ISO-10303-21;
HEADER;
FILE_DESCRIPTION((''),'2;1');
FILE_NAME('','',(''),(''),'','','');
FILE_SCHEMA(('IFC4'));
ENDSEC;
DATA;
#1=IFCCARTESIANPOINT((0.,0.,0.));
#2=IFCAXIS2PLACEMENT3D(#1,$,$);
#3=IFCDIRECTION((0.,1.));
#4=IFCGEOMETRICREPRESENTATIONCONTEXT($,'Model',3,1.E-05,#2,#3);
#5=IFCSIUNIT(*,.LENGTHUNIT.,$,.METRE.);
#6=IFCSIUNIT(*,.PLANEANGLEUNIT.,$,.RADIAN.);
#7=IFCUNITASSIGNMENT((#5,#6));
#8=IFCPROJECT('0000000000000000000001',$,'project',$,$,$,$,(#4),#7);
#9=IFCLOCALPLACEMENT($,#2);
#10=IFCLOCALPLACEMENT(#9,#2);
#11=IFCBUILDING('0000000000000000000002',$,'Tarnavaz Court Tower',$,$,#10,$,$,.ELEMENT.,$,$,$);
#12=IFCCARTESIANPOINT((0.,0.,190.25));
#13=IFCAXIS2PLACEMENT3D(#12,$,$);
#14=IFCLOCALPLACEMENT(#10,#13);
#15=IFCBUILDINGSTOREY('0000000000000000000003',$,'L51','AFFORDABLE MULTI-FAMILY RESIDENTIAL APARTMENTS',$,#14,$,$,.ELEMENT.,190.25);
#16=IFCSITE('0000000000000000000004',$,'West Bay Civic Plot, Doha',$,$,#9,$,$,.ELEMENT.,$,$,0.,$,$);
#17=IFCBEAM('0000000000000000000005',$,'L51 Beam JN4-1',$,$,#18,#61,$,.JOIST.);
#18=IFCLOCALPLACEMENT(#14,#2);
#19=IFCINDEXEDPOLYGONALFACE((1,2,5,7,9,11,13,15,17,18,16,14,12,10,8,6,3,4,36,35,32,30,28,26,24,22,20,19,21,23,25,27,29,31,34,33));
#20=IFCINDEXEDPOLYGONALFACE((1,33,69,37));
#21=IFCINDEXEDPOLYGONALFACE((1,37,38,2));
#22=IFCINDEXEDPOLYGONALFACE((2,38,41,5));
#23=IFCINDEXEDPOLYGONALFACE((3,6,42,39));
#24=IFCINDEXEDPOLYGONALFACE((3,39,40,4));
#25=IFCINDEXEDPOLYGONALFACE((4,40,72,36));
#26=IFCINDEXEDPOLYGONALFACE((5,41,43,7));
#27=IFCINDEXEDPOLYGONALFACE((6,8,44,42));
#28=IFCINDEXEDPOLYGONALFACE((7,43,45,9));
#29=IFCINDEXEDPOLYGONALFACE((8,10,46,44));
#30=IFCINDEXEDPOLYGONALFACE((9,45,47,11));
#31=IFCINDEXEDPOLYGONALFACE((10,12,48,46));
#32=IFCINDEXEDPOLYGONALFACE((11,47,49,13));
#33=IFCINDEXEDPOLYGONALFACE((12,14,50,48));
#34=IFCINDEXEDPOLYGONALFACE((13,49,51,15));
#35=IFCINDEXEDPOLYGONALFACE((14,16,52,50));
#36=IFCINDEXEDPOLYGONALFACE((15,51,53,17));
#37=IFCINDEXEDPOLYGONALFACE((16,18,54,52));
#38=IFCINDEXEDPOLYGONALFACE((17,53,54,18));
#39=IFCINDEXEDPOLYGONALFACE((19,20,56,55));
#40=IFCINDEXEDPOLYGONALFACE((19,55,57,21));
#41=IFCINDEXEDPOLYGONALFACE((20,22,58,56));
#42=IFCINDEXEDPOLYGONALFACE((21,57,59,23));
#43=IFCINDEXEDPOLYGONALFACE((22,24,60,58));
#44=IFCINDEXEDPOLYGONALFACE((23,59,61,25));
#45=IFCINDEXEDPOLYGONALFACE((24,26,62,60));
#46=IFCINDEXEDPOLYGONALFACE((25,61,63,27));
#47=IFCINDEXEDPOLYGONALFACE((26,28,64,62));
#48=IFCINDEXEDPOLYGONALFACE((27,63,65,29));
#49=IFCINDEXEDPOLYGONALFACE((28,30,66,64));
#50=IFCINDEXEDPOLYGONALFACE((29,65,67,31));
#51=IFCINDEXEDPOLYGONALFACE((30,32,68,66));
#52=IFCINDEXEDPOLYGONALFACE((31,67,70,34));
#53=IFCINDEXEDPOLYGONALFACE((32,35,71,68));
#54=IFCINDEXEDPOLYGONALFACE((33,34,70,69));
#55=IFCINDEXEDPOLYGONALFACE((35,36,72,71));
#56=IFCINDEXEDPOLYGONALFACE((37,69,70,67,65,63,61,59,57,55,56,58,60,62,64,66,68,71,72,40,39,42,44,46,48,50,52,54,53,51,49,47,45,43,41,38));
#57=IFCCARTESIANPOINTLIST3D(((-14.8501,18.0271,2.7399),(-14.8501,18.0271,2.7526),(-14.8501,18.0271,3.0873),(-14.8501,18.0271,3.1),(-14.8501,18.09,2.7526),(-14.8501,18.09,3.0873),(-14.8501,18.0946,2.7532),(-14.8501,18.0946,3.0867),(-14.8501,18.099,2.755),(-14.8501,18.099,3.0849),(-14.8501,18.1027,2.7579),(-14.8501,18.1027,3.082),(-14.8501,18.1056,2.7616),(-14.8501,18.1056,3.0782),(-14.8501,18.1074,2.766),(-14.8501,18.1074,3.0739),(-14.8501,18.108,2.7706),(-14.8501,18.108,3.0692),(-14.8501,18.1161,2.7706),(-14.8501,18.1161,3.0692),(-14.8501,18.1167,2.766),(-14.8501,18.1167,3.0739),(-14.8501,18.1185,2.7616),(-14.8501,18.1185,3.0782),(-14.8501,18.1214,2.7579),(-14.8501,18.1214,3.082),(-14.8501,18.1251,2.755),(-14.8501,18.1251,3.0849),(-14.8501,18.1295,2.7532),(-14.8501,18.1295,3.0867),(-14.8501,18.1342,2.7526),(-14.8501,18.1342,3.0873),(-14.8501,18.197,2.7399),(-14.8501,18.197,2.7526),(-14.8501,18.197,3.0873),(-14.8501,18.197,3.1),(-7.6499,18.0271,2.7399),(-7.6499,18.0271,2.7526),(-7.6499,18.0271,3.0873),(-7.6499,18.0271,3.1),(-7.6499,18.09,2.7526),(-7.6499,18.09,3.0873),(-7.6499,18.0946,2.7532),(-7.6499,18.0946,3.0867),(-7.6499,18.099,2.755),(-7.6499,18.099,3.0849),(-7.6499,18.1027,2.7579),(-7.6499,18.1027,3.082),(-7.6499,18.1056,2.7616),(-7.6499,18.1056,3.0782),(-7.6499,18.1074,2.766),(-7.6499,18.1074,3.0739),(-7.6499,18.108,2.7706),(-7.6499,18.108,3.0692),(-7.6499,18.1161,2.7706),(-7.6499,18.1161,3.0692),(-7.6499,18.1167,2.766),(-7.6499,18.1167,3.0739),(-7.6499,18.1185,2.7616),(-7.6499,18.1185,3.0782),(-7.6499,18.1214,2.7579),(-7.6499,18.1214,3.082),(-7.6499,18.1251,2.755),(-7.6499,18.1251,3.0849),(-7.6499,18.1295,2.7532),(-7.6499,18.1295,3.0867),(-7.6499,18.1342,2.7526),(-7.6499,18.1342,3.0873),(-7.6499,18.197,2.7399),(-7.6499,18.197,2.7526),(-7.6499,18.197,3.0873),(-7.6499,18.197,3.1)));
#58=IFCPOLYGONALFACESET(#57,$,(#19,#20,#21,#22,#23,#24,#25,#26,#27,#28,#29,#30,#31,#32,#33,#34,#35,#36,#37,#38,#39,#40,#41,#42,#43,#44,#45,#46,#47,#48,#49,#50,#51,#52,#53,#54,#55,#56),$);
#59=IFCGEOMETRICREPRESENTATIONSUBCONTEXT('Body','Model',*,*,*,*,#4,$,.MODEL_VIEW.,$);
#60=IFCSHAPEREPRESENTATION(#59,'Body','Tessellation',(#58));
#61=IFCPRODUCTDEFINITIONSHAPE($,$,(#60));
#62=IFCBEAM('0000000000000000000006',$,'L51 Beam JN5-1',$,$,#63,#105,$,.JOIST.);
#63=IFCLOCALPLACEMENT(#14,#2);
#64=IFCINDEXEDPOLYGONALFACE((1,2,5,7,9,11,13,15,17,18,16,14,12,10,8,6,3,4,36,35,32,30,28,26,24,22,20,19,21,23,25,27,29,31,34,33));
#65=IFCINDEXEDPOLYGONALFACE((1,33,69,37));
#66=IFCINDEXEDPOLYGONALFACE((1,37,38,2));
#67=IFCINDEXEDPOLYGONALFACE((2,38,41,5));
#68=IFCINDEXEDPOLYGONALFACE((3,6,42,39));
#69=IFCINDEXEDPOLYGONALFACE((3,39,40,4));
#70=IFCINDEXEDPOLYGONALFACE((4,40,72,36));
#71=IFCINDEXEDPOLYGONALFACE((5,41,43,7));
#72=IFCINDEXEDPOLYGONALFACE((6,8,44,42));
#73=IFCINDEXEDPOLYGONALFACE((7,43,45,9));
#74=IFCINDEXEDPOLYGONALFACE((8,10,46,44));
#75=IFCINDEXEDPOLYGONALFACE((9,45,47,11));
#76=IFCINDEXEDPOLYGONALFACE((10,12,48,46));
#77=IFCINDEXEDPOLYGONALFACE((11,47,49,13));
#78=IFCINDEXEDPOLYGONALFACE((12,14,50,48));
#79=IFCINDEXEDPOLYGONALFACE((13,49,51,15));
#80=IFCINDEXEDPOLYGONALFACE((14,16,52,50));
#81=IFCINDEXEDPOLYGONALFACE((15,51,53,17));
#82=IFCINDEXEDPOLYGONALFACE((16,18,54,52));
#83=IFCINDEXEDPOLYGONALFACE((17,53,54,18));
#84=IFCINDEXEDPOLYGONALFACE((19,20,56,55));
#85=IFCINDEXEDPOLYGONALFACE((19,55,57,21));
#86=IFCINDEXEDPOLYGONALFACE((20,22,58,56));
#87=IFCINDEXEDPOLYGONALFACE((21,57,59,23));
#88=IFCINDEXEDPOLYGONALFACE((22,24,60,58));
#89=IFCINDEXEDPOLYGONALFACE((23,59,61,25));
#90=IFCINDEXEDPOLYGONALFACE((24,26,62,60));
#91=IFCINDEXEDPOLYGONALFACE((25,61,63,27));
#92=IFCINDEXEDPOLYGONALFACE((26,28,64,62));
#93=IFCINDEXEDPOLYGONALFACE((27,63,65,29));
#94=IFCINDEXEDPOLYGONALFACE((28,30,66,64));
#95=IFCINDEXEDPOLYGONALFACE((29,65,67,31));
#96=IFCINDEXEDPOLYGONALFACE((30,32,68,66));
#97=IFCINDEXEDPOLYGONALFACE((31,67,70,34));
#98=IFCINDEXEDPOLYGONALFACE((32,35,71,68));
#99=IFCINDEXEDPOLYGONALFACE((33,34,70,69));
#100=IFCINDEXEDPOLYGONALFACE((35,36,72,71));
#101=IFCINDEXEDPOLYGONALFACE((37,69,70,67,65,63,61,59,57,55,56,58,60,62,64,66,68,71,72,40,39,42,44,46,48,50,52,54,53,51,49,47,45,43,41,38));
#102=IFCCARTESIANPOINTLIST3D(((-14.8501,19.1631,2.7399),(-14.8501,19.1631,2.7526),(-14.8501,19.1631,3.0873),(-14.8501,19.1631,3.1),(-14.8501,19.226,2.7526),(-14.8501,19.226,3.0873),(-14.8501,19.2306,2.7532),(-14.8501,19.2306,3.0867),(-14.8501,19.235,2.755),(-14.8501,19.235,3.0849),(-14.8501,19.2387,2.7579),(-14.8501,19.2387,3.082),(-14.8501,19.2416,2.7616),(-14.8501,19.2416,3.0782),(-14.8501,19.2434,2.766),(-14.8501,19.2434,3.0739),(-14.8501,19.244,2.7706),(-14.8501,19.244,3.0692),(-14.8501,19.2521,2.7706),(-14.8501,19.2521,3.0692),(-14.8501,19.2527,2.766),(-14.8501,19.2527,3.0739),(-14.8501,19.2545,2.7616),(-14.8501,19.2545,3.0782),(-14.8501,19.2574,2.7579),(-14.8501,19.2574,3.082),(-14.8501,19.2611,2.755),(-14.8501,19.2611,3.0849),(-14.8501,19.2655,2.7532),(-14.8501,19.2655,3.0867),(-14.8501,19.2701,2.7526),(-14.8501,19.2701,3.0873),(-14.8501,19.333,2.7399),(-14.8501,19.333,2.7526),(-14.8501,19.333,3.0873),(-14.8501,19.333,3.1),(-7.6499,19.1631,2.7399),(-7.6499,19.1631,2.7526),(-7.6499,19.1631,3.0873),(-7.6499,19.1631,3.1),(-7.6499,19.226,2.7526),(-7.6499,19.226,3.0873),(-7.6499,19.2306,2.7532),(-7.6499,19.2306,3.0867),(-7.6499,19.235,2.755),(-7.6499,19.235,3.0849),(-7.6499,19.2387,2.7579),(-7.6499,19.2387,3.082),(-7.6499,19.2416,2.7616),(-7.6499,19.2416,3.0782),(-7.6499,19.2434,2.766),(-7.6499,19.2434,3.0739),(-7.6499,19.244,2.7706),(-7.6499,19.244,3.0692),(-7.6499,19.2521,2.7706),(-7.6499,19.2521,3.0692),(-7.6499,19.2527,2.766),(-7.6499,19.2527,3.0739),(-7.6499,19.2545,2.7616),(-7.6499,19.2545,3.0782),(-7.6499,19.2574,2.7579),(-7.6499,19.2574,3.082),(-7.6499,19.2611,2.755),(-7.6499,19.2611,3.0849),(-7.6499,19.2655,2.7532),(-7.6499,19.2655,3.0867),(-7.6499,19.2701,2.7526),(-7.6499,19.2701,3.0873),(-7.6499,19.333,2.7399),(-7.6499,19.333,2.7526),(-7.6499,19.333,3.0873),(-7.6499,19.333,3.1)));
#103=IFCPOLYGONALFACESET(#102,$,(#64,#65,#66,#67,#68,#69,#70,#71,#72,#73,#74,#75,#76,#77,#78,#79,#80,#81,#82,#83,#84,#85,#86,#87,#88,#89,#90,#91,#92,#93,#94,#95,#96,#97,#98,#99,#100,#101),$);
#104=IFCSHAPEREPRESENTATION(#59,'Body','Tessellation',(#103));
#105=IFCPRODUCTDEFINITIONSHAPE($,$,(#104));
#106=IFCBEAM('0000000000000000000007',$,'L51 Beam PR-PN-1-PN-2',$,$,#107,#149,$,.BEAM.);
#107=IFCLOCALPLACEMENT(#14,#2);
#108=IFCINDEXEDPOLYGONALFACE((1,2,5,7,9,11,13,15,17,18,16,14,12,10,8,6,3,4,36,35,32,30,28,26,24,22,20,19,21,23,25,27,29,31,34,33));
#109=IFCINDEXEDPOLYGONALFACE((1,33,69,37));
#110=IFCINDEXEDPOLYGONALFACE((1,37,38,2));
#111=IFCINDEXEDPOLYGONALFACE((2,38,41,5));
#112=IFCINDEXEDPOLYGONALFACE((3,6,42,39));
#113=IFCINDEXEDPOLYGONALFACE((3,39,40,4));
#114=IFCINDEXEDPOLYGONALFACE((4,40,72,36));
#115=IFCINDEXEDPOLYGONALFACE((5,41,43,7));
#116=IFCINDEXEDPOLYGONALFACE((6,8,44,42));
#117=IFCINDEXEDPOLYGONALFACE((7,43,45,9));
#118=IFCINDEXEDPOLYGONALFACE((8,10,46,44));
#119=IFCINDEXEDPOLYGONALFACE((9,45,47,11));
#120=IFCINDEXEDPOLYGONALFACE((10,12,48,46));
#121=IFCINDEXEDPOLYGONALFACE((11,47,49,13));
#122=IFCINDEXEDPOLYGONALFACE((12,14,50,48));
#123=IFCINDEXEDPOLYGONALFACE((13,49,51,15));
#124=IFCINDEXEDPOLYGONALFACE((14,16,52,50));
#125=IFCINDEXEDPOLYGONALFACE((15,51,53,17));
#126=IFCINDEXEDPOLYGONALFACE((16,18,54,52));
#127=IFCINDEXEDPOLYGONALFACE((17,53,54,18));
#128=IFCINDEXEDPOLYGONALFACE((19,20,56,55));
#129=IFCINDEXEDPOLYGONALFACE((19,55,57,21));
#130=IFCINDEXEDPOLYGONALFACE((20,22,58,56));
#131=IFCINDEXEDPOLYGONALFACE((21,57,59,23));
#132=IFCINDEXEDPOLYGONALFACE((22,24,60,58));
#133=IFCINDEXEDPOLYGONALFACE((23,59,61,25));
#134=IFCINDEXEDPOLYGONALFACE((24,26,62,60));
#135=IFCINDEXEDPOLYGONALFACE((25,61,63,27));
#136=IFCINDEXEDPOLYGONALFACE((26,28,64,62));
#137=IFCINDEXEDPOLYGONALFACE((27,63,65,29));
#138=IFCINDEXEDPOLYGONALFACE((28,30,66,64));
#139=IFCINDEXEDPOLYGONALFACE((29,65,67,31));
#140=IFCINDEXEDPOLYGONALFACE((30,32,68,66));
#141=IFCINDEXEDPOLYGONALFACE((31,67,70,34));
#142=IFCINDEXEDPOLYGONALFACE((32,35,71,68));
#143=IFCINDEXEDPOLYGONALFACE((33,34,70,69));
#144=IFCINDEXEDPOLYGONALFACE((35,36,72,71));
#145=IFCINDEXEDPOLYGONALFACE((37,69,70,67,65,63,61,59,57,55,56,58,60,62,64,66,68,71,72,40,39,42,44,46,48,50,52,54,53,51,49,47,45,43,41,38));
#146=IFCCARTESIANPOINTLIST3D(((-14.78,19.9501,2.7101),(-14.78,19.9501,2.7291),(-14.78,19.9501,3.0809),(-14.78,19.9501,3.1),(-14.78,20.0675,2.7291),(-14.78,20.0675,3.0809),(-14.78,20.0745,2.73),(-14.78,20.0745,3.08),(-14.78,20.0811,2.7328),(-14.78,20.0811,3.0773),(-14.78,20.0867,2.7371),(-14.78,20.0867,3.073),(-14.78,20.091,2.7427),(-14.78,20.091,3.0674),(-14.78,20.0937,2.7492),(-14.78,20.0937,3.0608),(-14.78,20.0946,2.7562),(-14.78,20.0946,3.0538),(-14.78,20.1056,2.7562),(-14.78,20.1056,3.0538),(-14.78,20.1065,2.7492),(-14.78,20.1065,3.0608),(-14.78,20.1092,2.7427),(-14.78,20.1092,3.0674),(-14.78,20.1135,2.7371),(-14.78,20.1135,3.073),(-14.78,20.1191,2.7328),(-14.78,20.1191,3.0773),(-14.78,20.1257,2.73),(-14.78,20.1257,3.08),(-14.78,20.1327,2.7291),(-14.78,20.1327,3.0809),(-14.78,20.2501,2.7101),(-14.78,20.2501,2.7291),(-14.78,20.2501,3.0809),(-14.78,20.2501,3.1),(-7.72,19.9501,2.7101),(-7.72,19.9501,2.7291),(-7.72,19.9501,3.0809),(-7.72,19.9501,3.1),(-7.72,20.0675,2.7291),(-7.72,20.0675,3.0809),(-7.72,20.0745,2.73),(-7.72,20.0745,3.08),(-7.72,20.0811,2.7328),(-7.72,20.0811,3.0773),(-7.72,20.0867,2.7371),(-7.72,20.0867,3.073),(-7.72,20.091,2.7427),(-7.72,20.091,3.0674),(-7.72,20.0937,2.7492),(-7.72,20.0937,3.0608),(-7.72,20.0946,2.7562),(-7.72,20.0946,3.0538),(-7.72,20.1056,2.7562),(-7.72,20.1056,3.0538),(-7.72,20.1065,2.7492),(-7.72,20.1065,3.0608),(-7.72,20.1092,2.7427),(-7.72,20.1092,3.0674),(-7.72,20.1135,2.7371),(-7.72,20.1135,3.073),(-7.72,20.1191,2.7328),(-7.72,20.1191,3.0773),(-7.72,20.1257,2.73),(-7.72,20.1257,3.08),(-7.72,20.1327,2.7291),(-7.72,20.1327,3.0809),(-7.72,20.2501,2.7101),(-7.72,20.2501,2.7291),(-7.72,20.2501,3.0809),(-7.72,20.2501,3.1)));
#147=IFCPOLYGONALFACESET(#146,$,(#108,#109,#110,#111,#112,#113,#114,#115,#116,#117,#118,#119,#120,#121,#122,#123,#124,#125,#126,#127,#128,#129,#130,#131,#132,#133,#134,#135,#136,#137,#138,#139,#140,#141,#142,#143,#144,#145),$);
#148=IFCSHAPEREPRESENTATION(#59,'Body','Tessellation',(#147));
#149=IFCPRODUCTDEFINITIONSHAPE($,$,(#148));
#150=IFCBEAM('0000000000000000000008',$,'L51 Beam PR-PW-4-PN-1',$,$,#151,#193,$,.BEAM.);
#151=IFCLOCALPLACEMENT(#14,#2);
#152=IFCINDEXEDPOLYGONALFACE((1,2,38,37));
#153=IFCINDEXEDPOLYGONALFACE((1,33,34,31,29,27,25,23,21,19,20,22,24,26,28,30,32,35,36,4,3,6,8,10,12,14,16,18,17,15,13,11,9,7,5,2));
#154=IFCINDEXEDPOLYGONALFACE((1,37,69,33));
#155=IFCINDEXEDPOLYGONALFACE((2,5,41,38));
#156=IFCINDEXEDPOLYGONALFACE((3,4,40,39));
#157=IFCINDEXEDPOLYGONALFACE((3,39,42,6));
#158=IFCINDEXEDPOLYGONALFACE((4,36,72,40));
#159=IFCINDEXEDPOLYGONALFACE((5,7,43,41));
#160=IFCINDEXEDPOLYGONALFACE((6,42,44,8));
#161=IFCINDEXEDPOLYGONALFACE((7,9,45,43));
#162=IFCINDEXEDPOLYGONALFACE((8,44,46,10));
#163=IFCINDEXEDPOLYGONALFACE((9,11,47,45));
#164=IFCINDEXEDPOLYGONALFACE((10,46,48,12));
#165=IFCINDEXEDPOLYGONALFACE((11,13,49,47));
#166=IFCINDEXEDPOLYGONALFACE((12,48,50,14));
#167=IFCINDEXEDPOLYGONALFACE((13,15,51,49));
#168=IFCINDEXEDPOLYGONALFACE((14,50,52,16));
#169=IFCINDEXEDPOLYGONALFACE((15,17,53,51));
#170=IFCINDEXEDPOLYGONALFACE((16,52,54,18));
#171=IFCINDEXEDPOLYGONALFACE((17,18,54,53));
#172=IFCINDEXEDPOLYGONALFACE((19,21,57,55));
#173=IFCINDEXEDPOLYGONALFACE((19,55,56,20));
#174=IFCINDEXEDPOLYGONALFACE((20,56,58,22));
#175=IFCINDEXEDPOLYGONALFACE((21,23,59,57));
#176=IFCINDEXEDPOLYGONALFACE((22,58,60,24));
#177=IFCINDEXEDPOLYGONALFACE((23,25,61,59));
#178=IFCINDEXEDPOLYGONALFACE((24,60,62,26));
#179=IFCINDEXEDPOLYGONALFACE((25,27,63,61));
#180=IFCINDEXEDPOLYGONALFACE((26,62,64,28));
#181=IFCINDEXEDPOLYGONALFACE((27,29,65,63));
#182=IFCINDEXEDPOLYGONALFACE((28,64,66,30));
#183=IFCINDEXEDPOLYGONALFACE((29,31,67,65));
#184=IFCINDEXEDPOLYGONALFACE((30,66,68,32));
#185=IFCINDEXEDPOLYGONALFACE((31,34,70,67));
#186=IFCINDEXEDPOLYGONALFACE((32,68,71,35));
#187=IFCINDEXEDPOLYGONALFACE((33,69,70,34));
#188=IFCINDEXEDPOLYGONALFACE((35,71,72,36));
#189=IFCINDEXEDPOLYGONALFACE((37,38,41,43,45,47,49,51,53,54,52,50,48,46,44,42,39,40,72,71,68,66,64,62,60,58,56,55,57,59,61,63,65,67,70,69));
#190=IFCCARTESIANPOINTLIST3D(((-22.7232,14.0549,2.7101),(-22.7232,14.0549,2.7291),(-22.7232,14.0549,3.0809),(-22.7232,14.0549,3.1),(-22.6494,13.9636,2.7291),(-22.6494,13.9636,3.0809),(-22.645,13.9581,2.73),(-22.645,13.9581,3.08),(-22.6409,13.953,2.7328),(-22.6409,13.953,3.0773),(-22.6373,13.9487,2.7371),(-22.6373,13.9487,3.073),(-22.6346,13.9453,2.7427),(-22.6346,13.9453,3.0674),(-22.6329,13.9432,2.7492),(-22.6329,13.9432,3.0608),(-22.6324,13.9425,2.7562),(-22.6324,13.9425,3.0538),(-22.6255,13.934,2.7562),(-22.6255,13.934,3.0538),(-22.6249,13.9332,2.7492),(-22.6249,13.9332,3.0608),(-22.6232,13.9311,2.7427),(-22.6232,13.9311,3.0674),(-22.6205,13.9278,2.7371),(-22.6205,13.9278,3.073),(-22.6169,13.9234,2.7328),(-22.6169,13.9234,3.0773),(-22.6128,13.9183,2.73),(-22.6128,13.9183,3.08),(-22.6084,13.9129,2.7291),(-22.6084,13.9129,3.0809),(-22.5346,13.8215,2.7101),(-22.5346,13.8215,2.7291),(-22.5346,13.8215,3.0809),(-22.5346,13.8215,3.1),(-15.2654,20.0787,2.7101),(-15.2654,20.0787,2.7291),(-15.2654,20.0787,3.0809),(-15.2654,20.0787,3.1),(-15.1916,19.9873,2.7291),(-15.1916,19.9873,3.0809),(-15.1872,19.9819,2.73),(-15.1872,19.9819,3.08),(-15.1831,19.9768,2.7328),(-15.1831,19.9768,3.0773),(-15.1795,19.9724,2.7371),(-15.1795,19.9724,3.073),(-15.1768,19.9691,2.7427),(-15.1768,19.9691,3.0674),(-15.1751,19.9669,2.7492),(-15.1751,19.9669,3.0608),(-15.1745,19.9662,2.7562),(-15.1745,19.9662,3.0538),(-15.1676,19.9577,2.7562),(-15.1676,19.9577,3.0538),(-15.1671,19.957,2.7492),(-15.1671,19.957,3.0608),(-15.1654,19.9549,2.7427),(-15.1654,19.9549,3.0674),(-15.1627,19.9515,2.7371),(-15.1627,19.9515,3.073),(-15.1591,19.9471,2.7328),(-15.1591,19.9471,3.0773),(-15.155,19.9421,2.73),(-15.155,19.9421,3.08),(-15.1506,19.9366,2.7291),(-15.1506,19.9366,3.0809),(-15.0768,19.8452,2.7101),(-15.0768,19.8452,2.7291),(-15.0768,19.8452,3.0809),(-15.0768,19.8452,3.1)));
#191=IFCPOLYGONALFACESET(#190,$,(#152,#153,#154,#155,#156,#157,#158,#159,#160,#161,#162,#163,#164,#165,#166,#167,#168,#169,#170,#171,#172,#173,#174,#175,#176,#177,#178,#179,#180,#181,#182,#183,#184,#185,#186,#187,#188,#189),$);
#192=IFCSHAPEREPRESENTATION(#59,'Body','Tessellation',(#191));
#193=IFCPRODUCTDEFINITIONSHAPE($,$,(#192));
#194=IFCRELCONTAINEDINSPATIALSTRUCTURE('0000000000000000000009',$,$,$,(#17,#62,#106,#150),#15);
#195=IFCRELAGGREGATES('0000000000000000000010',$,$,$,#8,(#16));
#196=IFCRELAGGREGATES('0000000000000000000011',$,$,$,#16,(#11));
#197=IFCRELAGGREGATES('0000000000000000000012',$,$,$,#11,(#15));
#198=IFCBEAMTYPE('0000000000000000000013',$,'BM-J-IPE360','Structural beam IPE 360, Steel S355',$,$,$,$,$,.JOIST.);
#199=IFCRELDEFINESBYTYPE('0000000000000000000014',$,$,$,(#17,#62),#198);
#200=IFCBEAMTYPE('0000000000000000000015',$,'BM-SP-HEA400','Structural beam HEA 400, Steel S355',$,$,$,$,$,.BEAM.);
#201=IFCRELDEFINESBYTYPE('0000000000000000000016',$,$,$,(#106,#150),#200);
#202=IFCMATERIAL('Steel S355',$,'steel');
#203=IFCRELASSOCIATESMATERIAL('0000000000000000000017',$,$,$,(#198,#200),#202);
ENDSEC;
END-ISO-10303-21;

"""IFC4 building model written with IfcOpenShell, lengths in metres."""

from ifc_helpers import new_model, si_unit, direction, frame, origin, origin_2d, place, context, subcontext, project, spatial, i_section, extrude, material, material_profile, profile_set, type_object, element, save


model = new_model("IFC4")

# Units and contexts
model_context = context("Model", 3, precision=1e-05, world=origin(), true_north=direction((0.0, 1.0)))
body_context = subcontext(model_context, "Body", "Model", "MODEL_VIEW")
ifc_project = project(units=[si_unit("LENGTHUNIT", "METRE"), si_unit("PLANEANGLEUNIT", "RADIAN")], contexts=[model_context])

# Site, building, storey
site_placement = place(None, origin())
site = spatial("IfcSite", under=ifc_project, at=site_placement, Name="West Bay Civic Plot, Doha", CompositionType="ELEMENT", RefElevation=0.0)
building_placement = place(site_placement, origin())
building = spatial("IfcBuilding", under=site, at=building_placement, Name="Tarnavaz Court Tower", CompositionType="ELEMENT")
storey_placement = place(building_placement, frame((0.0, 0.0, 190.25)))
storey = spatial("IfcBuildingStorey", under=building, at=storey_placement, Name="L51", Description="AFFORDABLE MULTI-FAMILY RESIDENTIAL APARTMENTS", CompositionType="ELEMENT", Elevation=190.25)

# Beams
ifc_material_1 = material(Name="Steel S355", Category="steel")
ifc_material_profile_1 = material_profile(ifc_material_1, i_section(OverallWidth=0.1699, OverallDepth=0.3601, WebThickness=0.0081, FlangeThickness=0.0127, FilletRadius=0.0181, at=origin_2d()), Name="IPE 360")
ifc_profile_set_1 = profile_set([ifc_material_profile_1], Name="Steel S355")
beam_type_1 = type_object("IfcBeamType", Name="BM-J-IPE360", Description="Structural beam IPE 360, Steel S355", PredefinedType="JOIST", material=ifc_profile_set_1)
for number, where, z_axis, x_axis, name in (
    (1, (-14.8501, 18.1121, 2.9199), (1.0, 0.0, 0.0), (0.0, 1.0, 0.0), "L51 Beam JN4-1"),
    (2, (-14.8501, 19.248, 2.9199), (1.0, 0.0, 0.0), (0.0, 1.0, 0.0), "L51 Beam JN5-1"),
):
    element("IfcBeam", number, at=place(storey_placement, frame(where, z_axis=z_axis, x_axis=x_axis)), inside=storey, type_object=beam_type_1, Name=name, PredefinedType="JOIST", context=body_context, shape_type="SweptSolid", body=[
        extrude(i_section(OverallWidth=0.1699, OverallDepth=0.3601, WebThickness=0.0081, FlangeThickness=0.0127, FilletRadius=0.0181, at=origin_2d()), origin(), (0.0, 0.0, 1.0), 7.2002),
    ])
ifc_material_profile_2 = material_profile(ifc_material_1, i_section(OverallWidth=0.3, OverallDepth=0.3899, WebThickness=0.011, FlangeThickness=0.019, FilletRadius=0.0271, at=origin_2d()), Name="HEA 400")
ifc_profile_set_2 = profile_set([ifc_material_profile_2], Name="Steel S355")
beam_type_2 = type_object("IfcBeamType", Name="BM-SP-HEA400", Description="Structural beam HEA 400, Steel S355", PredefinedType="BEAM", material=ifc_profile_set_2)
beam_1_placement = place(storey_placement, frame((-14.78, 20.1001, 2.905), z_axis=(1.0, 0.0, 0.0), x_axis=(0.0, 1.0, 0.0)))
element("IfcBeam", 3, at=beam_1_placement, inside=storey, type_object=beam_type_2, Name="L51 Beam PR-PN-1-PN-2", PredefinedType="BEAM", context=body_context, shape_type="SweptSolid", body=[
    extrude(i_section(OverallWidth=0.3, OverallDepth=0.3899, WebThickness=0.011, FlangeThickness=0.019, FilletRadius=0.0271, at=origin_2d()), origin(), (0.0, 0.0, 1.0), 7.0601),
])
beam_2_placement = place(storey_placement, frame((-22.6289, 13.9382, 2.905), z_axis=(0.777936, 0.628344, 0.0), x_axis=(-0.628344, 0.777936, 0.0)))
element("IfcBeam", 4, at=beam_2_placement, inside=storey, type_object=beam_type_2, Name="L51 Beam PR-PW-4-PN-1", PredefinedType="BEAM", context=body_context, shape_type="SweptSolid", body=[
    extrude(i_section(OverallWidth=0.3, OverallDepth=0.3899, WebThickness=0.011, FlangeThickness=0.019, FilletRadius=0.0271, at=origin_2d()), origin(), (0.0, 0.0, 1.0), 9.5867),
])

save(model, "model.ifc")
